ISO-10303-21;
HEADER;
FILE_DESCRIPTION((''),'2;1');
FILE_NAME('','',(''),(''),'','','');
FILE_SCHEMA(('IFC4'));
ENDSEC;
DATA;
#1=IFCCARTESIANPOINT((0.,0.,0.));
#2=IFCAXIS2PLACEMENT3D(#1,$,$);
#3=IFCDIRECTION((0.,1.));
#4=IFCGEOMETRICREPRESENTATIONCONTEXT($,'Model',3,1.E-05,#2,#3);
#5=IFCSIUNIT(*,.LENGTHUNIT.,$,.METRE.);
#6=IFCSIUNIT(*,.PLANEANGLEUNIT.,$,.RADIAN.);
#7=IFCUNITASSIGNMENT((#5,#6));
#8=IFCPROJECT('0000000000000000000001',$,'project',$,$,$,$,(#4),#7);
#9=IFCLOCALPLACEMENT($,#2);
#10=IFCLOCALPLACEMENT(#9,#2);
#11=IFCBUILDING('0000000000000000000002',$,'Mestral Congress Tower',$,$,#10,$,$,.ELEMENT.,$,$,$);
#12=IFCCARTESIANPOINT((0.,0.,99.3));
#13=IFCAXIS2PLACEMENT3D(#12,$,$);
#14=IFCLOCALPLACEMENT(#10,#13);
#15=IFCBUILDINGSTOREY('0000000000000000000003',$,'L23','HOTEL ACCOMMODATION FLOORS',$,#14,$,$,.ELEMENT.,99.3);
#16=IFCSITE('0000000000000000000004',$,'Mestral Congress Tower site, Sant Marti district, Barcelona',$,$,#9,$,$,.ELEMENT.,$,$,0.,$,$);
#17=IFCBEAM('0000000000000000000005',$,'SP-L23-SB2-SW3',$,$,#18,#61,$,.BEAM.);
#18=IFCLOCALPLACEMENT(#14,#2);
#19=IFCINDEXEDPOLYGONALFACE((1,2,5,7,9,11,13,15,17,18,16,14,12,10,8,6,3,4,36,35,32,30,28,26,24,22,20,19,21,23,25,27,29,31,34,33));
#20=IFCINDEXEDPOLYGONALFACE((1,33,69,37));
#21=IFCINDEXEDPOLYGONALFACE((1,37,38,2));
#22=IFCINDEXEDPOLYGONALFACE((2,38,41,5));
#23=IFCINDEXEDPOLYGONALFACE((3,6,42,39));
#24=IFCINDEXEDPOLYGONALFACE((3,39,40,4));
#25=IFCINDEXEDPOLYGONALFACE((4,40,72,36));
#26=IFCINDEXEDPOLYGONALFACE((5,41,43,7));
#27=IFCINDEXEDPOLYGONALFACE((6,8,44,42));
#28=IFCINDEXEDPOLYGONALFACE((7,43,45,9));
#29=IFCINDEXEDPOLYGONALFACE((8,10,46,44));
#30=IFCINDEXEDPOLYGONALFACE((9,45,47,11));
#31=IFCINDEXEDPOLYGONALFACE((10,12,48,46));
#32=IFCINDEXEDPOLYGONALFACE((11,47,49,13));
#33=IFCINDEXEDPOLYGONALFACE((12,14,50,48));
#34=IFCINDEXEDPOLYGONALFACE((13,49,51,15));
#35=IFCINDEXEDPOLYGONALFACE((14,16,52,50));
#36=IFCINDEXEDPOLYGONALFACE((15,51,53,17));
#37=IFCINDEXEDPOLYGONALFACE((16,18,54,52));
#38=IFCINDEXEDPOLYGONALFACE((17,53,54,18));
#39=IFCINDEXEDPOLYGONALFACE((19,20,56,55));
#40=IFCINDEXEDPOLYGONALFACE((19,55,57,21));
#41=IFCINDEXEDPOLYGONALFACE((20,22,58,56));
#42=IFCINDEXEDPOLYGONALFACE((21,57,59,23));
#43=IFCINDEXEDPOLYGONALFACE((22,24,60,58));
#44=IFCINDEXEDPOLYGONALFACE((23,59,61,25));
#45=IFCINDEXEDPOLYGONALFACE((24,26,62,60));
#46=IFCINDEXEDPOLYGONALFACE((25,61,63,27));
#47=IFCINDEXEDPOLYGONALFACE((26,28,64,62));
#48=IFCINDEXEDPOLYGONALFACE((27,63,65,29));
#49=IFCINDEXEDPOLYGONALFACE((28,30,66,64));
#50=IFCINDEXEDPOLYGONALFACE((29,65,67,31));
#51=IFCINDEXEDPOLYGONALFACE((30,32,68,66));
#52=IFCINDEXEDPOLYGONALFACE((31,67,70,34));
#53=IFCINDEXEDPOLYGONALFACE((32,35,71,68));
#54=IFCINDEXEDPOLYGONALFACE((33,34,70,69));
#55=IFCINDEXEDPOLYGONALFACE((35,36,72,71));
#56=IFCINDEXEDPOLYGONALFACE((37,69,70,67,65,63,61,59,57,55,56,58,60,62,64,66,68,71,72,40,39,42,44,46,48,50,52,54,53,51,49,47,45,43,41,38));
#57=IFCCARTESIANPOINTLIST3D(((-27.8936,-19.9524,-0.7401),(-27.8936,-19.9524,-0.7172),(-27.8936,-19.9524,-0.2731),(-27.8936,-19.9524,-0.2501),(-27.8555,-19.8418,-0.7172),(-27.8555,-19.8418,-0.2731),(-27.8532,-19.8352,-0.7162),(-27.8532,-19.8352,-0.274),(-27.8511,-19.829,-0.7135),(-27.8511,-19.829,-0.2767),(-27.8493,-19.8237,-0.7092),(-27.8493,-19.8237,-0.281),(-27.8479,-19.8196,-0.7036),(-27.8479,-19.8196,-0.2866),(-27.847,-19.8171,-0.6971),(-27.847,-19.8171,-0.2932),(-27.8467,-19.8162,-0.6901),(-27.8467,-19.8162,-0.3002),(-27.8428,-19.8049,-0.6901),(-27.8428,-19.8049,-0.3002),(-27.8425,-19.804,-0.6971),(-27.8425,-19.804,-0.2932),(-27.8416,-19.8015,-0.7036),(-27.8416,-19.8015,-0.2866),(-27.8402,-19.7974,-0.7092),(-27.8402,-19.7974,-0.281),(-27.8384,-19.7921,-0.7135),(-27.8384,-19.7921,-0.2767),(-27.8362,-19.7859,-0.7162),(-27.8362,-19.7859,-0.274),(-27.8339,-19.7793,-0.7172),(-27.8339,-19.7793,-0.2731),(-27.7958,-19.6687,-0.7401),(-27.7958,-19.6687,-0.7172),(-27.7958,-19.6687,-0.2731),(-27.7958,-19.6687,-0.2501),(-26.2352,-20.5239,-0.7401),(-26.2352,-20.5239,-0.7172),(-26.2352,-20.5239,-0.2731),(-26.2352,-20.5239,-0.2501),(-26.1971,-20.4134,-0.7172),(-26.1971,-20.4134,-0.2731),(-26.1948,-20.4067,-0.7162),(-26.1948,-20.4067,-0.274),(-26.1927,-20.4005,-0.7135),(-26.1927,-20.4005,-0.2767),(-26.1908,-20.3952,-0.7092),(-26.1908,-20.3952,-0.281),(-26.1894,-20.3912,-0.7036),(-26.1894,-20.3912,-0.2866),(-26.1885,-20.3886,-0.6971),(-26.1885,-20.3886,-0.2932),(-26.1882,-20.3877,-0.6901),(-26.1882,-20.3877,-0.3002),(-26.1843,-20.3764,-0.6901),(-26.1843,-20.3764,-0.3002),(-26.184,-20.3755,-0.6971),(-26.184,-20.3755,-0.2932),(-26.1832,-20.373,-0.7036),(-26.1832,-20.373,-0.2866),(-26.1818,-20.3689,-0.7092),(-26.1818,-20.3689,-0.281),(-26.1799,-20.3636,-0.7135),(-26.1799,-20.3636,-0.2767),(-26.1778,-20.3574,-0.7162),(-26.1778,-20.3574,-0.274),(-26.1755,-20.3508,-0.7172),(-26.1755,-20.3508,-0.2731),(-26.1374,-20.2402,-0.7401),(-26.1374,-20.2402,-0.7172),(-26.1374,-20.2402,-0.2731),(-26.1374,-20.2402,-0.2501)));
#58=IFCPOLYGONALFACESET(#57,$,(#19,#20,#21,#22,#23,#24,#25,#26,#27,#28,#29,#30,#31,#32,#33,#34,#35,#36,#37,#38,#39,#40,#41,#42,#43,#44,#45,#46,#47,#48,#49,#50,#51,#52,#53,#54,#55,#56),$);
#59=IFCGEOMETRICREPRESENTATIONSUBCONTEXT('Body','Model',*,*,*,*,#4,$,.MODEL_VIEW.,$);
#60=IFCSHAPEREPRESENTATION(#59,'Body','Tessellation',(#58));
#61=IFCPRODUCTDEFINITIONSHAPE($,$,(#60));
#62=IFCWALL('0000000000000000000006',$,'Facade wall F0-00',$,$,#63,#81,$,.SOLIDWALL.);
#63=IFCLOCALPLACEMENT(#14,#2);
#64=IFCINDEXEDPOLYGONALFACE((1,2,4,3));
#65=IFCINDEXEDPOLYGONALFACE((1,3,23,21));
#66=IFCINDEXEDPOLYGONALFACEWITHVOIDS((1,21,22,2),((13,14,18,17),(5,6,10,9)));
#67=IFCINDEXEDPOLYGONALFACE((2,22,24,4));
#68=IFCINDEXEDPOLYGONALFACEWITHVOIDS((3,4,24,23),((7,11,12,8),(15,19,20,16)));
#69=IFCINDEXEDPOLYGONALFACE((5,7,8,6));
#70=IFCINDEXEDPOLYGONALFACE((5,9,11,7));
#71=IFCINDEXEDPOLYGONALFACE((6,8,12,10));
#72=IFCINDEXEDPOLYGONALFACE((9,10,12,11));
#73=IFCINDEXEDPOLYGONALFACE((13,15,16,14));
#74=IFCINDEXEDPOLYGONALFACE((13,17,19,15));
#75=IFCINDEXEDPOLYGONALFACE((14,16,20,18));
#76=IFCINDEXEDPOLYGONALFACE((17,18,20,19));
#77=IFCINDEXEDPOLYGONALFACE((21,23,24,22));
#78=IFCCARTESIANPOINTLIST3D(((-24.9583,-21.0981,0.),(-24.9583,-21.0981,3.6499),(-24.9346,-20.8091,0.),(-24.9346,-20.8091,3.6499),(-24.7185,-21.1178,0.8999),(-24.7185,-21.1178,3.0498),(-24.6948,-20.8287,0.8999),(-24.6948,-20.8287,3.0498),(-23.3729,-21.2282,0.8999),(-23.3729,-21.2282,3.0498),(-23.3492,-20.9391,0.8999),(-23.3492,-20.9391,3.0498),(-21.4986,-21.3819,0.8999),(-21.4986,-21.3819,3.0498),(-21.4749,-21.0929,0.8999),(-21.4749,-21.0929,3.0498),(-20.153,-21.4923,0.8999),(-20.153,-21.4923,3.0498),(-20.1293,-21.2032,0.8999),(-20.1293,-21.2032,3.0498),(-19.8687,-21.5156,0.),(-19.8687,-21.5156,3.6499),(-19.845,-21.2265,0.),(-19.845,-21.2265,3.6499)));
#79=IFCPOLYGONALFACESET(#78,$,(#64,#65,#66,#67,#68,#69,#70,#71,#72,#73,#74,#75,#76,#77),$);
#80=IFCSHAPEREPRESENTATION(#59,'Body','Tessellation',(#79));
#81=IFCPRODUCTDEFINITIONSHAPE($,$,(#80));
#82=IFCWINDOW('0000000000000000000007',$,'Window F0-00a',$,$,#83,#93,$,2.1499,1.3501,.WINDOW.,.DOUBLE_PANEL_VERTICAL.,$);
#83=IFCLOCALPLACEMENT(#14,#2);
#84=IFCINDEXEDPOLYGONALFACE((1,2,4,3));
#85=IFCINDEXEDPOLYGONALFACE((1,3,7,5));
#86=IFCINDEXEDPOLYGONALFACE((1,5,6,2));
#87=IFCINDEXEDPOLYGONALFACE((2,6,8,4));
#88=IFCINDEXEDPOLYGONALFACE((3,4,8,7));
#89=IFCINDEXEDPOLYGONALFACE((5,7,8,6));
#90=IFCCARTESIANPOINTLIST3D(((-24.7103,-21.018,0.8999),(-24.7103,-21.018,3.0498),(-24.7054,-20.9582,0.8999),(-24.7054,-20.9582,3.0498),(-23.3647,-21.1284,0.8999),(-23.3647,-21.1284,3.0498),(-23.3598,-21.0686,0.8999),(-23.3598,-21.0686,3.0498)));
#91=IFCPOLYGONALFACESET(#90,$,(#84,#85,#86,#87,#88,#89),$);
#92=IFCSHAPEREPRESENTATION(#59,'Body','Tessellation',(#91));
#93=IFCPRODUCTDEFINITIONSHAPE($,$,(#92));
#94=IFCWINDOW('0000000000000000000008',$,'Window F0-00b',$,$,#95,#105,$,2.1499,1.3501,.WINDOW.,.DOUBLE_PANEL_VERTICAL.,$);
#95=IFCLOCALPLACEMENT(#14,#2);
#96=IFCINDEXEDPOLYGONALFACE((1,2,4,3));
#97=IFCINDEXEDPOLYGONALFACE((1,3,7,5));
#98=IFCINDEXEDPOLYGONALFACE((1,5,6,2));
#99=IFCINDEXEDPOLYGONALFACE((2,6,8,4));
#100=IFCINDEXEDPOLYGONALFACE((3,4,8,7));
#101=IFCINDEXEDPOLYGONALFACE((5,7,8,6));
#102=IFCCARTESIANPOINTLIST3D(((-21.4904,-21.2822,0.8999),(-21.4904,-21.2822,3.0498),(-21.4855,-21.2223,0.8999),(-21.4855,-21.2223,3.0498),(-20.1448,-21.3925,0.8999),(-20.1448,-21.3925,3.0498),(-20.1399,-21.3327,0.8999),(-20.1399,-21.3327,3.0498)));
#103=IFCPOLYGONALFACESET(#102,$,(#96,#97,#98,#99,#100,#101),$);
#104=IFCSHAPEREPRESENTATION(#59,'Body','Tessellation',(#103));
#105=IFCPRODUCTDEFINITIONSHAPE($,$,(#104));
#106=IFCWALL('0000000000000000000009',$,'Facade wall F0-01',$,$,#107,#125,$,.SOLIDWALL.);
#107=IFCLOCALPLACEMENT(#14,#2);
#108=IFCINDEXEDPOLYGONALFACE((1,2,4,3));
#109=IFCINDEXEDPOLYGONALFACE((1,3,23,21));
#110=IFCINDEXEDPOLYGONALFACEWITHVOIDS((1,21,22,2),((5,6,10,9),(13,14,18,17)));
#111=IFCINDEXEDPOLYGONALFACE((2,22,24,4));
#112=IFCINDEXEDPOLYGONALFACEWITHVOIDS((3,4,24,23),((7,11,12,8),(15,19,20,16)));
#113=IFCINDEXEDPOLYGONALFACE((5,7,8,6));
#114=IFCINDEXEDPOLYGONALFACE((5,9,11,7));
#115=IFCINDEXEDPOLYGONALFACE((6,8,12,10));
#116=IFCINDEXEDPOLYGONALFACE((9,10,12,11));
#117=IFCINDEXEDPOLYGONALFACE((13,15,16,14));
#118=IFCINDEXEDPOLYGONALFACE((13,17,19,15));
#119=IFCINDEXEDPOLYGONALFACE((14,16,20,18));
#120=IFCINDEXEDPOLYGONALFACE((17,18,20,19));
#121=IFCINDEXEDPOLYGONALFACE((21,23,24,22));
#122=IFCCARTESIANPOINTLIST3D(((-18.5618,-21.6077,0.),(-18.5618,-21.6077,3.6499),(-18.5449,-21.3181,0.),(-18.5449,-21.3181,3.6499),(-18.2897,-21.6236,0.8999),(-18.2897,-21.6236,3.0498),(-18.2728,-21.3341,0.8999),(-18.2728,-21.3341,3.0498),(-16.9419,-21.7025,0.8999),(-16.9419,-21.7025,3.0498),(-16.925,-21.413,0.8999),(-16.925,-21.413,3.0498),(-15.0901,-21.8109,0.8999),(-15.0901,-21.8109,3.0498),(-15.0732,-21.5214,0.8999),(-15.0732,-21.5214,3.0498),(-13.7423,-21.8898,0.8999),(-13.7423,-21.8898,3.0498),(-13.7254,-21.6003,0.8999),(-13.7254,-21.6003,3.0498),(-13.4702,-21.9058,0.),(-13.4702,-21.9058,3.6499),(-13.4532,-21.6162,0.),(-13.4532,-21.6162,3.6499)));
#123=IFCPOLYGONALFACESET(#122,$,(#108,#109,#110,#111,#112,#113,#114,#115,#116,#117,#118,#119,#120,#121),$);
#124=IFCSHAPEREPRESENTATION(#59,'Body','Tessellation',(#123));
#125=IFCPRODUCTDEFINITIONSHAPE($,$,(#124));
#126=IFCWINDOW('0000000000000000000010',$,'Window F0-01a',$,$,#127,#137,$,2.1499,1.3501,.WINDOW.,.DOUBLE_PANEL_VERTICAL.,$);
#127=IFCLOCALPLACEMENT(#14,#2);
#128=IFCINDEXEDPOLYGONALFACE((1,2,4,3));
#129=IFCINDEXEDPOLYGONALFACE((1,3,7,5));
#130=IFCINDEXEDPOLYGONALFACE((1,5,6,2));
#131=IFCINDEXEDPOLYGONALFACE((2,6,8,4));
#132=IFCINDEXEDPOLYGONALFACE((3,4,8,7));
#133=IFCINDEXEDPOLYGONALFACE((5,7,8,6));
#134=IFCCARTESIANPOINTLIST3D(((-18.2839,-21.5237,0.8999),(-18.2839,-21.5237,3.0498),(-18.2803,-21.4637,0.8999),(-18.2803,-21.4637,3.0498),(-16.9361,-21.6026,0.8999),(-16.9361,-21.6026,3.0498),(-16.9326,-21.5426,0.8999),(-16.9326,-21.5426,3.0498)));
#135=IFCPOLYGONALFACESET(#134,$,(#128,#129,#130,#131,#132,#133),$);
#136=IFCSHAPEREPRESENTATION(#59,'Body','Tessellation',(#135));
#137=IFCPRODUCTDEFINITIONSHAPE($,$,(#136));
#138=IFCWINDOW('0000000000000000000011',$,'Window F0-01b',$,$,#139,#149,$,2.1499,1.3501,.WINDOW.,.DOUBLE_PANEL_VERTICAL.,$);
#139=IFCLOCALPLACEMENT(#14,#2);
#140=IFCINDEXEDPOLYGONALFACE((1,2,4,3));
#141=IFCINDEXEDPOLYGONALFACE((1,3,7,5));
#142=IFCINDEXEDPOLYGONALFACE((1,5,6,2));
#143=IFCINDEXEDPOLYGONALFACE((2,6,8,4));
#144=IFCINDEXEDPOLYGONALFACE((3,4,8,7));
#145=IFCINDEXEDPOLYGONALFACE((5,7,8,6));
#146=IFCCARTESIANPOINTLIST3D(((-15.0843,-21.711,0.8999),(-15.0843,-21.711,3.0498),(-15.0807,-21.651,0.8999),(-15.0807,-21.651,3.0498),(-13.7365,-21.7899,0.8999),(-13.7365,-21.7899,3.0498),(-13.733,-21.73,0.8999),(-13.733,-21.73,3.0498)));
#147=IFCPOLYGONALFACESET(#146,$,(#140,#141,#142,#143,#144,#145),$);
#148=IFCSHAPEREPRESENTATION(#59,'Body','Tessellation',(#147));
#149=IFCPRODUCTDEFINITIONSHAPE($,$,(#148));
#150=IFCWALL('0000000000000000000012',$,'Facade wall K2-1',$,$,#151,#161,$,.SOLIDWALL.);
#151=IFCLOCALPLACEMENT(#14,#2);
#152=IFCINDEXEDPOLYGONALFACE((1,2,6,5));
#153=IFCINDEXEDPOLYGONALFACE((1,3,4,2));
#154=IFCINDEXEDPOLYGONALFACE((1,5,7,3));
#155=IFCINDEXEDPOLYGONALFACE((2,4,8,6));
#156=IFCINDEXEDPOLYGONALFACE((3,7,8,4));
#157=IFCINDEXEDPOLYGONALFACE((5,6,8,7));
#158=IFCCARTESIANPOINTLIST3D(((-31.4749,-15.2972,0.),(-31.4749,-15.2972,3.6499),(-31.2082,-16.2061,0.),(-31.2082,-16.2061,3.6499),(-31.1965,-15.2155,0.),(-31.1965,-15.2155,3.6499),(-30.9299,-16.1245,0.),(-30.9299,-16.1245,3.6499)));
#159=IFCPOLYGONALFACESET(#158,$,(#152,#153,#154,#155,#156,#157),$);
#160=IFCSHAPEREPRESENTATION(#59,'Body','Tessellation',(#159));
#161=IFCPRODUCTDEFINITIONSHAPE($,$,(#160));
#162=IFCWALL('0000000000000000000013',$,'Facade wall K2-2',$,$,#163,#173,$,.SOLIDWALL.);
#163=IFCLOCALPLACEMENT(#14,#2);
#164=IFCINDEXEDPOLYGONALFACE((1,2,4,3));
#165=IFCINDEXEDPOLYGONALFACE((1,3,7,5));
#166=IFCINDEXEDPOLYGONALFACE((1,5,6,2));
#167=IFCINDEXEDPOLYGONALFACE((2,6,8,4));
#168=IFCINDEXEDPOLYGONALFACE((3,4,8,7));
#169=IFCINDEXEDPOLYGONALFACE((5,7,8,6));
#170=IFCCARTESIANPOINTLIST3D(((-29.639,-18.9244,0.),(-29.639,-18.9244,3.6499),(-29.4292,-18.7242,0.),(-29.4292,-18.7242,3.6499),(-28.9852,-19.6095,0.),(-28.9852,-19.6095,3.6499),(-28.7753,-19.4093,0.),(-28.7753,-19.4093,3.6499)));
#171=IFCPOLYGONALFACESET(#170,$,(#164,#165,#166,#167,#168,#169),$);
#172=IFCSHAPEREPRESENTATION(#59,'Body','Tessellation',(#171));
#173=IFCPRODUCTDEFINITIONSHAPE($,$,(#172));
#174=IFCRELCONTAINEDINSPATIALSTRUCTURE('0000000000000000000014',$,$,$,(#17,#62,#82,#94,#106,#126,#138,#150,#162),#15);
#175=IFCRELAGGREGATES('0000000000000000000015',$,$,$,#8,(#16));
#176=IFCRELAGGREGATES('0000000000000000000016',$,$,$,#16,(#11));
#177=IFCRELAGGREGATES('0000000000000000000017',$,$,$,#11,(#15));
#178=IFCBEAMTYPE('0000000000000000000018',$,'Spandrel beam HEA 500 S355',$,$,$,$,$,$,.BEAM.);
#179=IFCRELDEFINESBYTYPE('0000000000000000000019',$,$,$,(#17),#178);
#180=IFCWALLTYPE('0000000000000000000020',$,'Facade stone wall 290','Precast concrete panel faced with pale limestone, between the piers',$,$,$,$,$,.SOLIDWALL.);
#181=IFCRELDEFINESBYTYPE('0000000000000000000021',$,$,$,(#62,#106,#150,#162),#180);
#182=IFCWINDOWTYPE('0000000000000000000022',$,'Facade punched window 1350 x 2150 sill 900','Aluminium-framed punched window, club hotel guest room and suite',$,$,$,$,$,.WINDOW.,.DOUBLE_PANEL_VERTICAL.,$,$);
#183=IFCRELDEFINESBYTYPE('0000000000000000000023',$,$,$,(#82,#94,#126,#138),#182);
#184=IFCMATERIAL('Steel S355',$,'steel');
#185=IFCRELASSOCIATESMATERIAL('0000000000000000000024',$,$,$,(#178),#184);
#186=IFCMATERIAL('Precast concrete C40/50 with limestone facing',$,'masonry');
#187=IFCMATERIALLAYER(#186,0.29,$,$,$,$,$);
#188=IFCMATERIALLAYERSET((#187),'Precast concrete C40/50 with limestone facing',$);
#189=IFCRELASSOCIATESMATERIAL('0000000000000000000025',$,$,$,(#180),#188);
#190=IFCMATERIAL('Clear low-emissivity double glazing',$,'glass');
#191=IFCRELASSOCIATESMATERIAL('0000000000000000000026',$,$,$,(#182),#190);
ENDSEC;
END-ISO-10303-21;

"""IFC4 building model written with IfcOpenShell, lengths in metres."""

from ifc_helpers import new_model, si_unit, direction, frame, frame_2d, origin, origin_2d, place, context, subcontext, project, spatial, rectangle, i_section, extrude, material, layer, layer_set, material_profile, profile_set, type_object, element, fill, save


model = new_model("IFC4")

# Units and contexts
model_context = context("Model", 3, precision=1e-05, world=origin(), true_north=direction((0.0, 1.0)))
body_context = subcontext(model_context, "Body", "Model", "MODEL_VIEW")
ifc_project = project(units=[si_unit("LENGTHUNIT", "METRE"), si_unit("PLANEANGLEUNIT", "RADIAN")], contexts=[model_context])

# Site, building, storey
site_placement = place(None, origin())
site = spatial("IfcSite", under=ifc_project, at=site_placement, Name="Mestral Congress Tower site, Sant Marti district, Barcelona", CompositionType="ELEMENT", RefElevation=0.0)
building_placement = place(site_placement, origin())
building = spatial("IfcBuilding", under=site, at=building_placement, Name="Mestral Congress Tower", CompositionType="ELEMENT")
storey_placement = place(building_placement, frame((0.0, 0.0, 99.3)))
storey = spatial("IfcBuildingStorey", under=building, at=storey_placement, Name="L23", Description="HOTEL ACCOMMODATION FLOORS", CompositionType="ELEMENT", Elevation=99.3)

# Beam
ifc_material_1 = material(Name="Steel S355", Category="steel")
ifc_material_profile_1 = material_profile(ifc_material_1, i_section(OverallWidth=0.3, OverallDepth=0.49, WebThickness=0.012, FlangeThickness=0.0229, FilletRadius=0.0271, at=origin_2d()), Name="HEA 500")
ifc_profile_set_1 = profile_set([ifc_material_profile_1], Name="Steel S355")
beam_type_1 = type_object("IfcBeamType", Name="Spandrel beam HEA 500 S355", PredefinedType="BEAM", material=ifc_profile_set_1)
beam_1_placement = place(storey_placement, frame((-27.8447, -19.8105, -0.4951), z_axis=(0.945434, -0.325815, 0.0), x_axis=(0.325815, 0.945434, 0.0)))
element("IfcBeam", 1, at=beam_1_placement, inside=storey, type_object=beam_type_1, Name="SP-L23-SB2-SW3", PredefinedType="BEAM", context=body_context, shape_type="SweptSolid", body=[
    extrude(i_section(OverallWidth=0.3, OverallDepth=0.49, WebThickness=0.012, FlangeThickness=0.0229, FilletRadius=0.0271, at=origin_2d()), origin(), (0.0, 0.0, 1.0), 1.7542),
])

# Walls, openings, windows
ifc_material_2 = material(Name="Precast concrete C40/50 with limestone facing", Category="masonry")
ifc_layer_1 = layer(ifc_material_2, 0.29)
ifc_layer_set_1 = layer_set([ifc_layer_1], Name="Precast concrete C40/50 with limestone facing")
wall_type_1 = type_object("IfcWallType", Name="Facade stone wall 290", Description="Precast concrete panel faced with pale limestone, between the piers", PredefinedType="SOLIDWALL", material=ifc_layer_set_1)
wall_1_placement = place(storey_placement, frame((-24.9463, -20.9536, 0.0), z_axis=(0.0, 0.0, 1.0), x_axis=(0.996653, -0.081752, 0.0)))
wall_1 = element("IfcWall", 2, at=wall_1_placement, inside=storey, type_object=wall_type_1, Name="Facade wall F0-00", PredefinedType="SOLIDWALL", context=body_context, shape_type="SweptSolid", body=[
    extrude(rectangle(XDim=5.1067, YDim=0.29, at=frame_2d((2.5532, 0.0))), origin(), (0.0, 0.0, 1.0), 3.6499),
])
opening_1_placement = place(wall_1_placement, frame((0.2405, 0.0, 0.8999)))
opening_1 = element("IfcOpeningElement", 3, at=opening_1_placement, cuts=wall_1, PredefinedType="OPENING", context=body_context, shape_type="SweptSolid", body=[
    extrude(rectangle(XDim=1.3501, YDim=2.1499, at=frame_2d((0.675, 1.075))), frame((0.0, 0.155, 0.0), z_axis=(0.0, -1.0, 0.0), x_axis=(1.0, 0.0, 0.0)), (0.0, 0.0, 1.0), 0.3101),
])
opening_2_placement = place(wall_1_placement, frame((3.4712, 0.0, 0.8999)))
opening_2 = element("IfcOpeningElement", 4, at=opening_2_placement, cuts=wall_1, PredefinedType="OPENING", context=body_context, shape_type="SweptSolid", body=[
    extrude(rectangle(XDim=1.3501, YDim=2.1499, at=frame_2d((0.675, 1.075))), frame((0.0, 0.155, 0.0), z_axis=(0.0, -1.0, 0.0), x_axis=(1.0, 0.0, 0.0)), (0.0, 0.0, 1.0), 0.3101),
])
ifc_material_3 = material(Name="Clear low-emissivity double glazing", Category="glass")
window_type_1 = type_object("IfcWindowType", Name="Facade punched window 1350 x 2150 sill 900", Description="Aluminium-framed punched window, club hotel guest room and suite", PartitioningType="DOUBLE_PANEL_VERTICAL", PredefinedType="WINDOW", material=ifc_material_3)
window_1_placement = place(opening_1_placement, origin())
window_1 = element("IfcWindow", 5, at=window_1_placement, inside=storey, type_object=window_type_1, Name="Window F0-00a", OverallHeight=2.1499, OverallWidth=1.3501, PartitioningType="DOUBLE_PANEL_VERTICAL", PredefinedType="WINDOW", context=body_context, shape_type="SweptSolid", body=[
    extrude(rectangle(XDim=1.3501, YDim=2.1499, at=frame_2d((0.675, 1.075))), frame((0.0, 0.0151, 0.0), z_axis=(0.0, -1.0, 0.0), x_axis=(1.0, 0.0, 0.0)), (0.0, 0.0, 1.0), 0.0601),
])
fill(opening_1, window_1)
window_2_placement = place(opening_2_placement, origin())
window_2 = element("IfcWindow", 6, at=window_2_placement, inside=storey, type_object=window_type_1, Name="Window F0-00b", OverallHeight=2.1499, OverallWidth=1.3501, PartitioningType="DOUBLE_PANEL_VERTICAL", PredefinedType="WINDOW", context=body_context, shape_type="SweptSolid", body=[
    extrude(rectangle(XDim=1.3501, YDim=2.1499, at=frame_2d((0.675, 1.075))), frame((0.0, 0.0151, 0.0), z_axis=(0.0, -1.0, 0.0), x_axis=(1.0, 0.0, 0.0)), (0.0, 0.0, 1.0), 0.0601),
])
fill(opening_2, window_2)
wall_2_placement = place(storey_placement, frame((-18.5535, -21.4629, 0.0), z_axis=(0.0, 0.0, 1.0), x_axis=(0.998291, -0.058447, 0.0)))
wall_2 = element("IfcWall", 7, at=wall_2_placement, inside=storey, type_object=wall_type_1, Name="Facade wall F0-01", PredefinedType="SOLIDWALL", context=body_context, shape_type="SweptSolid", body=[
    extrude(rectangle(XDim=5.1003, YDim=0.29, at=frame_2d((2.5503, 0.0))), origin(), (0.0, 0.0, 1.0), 3.6499),
])
opening_3_placement = place(wall_2_placement, frame((0.2727, 0.0, 0.8999)))
opening_3 = element("IfcOpeningElement", 8, at=opening_3_placement, cuts=wall_2, PredefinedType="OPENING", context=body_context, shape_type="SweptSolid", body=[
    extrude(rectangle(XDim=1.3501, YDim=2.1499, at=frame_2d((0.675, 1.075))), frame((0.0, 0.155, 0.0), z_axis=(0.0, -1.0, 0.0), x_axis=(1.0, 0.0, 0.0)), (0.0, 0.0, 1.0), 0.3101),
])
opening_4_placement = place(wall_2_placement, frame((3.4778, 0.0, 0.8999)))
opening_4 = element("IfcOpeningElement", 9, at=opening_4_placement, cuts=wall_2, PredefinedType="OPENING", context=body_context, shape_type="SweptSolid", body=[
    extrude(rectangle(XDim=1.3501, YDim=2.1499, at=frame_2d((0.675, 1.075))), frame((0.0, 0.155, 0.0), z_axis=(0.0, -1.0, 0.0), x_axis=(1.0, 0.0, 0.0)), (0.0, 0.0, 1.0), 0.3101),
])
window_3_placement = place(opening_3_placement, origin())
window_3 = element("IfcWindow", 10, at=window_3_placement, inside=storey, type_object=window_type_1, Name="Window F0-01a", OverallHeight=2.1499, OverallWidth=1.3501, PartitioningType="DOUBLE_PANEL_VERTICAL", PredefinedType="WINDOW", context=body_context, shape_type="SweptSolid", body=[
    extrude(rectangle(XDim=1.3501, YDim=2.1499, at=frame_2d((0.675, 1.075))), frame((0.0, 0.0151, 0.0), z_axis=(0.0, -1.0, 0.0), x_axis=(1.0, 0.0, 0.0)), (0.0, 0.0, 1.0), 0.0601),
])
fill(opening_3, window_3)
window_4_placement = place(opening_4_placement, origin())
window_4 = element("IfcWindow", 11, at=window_4_placement, inside=storey, type_object=window_type_1, Name="Window F0-01b", OverallHeight=2.1499, OverallWidth=1.3501, PartitioningType="DOUBLE_PANEL_VERTICAL", PredefinedType="WINDOW", context=body_context, shape_type="SweptSolid", body=[
    extrude(rectangle(XDim=1.3501, YDim=2.1499, at=frame_2d((0.675, 1.075))), frame((0.0, 0.0151, 0.0), z_axis=(0.0, -1.0, 0.0), x_axis=(1.0, 0.0, 0.0)), (0.0, 0.0, 1.0), 0.0601),
])
fill(opening_4, window_4)

# Walls
wall_3_placement = place(storey_placement, frame((-31.3357, -15.2563, 0.0), z_axis=(0.0, 0.0, 1.0), x_axis=(0.281455, -0.959575, 0.0)))
element("IfcWall", 12, at=wall_3_placement, inside=storey, type_object=wall_type_1, Name="Facade wall K2-1", PredefinedType="SOLIDWALL", context=body_context, shape_type="SweptSolid", body=[
    extrude(rectangle(XDim=0.9473, YDim=0.29, at=frame_2d((0.4736, 0.0))), origin(), (0.0, 0.0, 1.0), 3.6499),
])
wall_4_placement = place(storey_placement, frame((-29.5342, -18.8242, 0.0), z_axis=(0.0, 0.0, 1.0), x_axis=(0.690414, -0.723414, 0.0)))
element("IfcWall", 13, at=wall_4_placement, inside=storey, type_object=wall_type_1, Name="Facade wall K2-2", PredefinedType="SOLIDWALL", context=body_context, shape_type="SweptSolid", body=[
    extrude(rectangle(XDim=0.947, YDim=0.29, at=frame_2d((0.4736, 0.0))), origin(), (0.0, 0.0, 1.0), 3.6499),
])

save(model, "model.ifc")
